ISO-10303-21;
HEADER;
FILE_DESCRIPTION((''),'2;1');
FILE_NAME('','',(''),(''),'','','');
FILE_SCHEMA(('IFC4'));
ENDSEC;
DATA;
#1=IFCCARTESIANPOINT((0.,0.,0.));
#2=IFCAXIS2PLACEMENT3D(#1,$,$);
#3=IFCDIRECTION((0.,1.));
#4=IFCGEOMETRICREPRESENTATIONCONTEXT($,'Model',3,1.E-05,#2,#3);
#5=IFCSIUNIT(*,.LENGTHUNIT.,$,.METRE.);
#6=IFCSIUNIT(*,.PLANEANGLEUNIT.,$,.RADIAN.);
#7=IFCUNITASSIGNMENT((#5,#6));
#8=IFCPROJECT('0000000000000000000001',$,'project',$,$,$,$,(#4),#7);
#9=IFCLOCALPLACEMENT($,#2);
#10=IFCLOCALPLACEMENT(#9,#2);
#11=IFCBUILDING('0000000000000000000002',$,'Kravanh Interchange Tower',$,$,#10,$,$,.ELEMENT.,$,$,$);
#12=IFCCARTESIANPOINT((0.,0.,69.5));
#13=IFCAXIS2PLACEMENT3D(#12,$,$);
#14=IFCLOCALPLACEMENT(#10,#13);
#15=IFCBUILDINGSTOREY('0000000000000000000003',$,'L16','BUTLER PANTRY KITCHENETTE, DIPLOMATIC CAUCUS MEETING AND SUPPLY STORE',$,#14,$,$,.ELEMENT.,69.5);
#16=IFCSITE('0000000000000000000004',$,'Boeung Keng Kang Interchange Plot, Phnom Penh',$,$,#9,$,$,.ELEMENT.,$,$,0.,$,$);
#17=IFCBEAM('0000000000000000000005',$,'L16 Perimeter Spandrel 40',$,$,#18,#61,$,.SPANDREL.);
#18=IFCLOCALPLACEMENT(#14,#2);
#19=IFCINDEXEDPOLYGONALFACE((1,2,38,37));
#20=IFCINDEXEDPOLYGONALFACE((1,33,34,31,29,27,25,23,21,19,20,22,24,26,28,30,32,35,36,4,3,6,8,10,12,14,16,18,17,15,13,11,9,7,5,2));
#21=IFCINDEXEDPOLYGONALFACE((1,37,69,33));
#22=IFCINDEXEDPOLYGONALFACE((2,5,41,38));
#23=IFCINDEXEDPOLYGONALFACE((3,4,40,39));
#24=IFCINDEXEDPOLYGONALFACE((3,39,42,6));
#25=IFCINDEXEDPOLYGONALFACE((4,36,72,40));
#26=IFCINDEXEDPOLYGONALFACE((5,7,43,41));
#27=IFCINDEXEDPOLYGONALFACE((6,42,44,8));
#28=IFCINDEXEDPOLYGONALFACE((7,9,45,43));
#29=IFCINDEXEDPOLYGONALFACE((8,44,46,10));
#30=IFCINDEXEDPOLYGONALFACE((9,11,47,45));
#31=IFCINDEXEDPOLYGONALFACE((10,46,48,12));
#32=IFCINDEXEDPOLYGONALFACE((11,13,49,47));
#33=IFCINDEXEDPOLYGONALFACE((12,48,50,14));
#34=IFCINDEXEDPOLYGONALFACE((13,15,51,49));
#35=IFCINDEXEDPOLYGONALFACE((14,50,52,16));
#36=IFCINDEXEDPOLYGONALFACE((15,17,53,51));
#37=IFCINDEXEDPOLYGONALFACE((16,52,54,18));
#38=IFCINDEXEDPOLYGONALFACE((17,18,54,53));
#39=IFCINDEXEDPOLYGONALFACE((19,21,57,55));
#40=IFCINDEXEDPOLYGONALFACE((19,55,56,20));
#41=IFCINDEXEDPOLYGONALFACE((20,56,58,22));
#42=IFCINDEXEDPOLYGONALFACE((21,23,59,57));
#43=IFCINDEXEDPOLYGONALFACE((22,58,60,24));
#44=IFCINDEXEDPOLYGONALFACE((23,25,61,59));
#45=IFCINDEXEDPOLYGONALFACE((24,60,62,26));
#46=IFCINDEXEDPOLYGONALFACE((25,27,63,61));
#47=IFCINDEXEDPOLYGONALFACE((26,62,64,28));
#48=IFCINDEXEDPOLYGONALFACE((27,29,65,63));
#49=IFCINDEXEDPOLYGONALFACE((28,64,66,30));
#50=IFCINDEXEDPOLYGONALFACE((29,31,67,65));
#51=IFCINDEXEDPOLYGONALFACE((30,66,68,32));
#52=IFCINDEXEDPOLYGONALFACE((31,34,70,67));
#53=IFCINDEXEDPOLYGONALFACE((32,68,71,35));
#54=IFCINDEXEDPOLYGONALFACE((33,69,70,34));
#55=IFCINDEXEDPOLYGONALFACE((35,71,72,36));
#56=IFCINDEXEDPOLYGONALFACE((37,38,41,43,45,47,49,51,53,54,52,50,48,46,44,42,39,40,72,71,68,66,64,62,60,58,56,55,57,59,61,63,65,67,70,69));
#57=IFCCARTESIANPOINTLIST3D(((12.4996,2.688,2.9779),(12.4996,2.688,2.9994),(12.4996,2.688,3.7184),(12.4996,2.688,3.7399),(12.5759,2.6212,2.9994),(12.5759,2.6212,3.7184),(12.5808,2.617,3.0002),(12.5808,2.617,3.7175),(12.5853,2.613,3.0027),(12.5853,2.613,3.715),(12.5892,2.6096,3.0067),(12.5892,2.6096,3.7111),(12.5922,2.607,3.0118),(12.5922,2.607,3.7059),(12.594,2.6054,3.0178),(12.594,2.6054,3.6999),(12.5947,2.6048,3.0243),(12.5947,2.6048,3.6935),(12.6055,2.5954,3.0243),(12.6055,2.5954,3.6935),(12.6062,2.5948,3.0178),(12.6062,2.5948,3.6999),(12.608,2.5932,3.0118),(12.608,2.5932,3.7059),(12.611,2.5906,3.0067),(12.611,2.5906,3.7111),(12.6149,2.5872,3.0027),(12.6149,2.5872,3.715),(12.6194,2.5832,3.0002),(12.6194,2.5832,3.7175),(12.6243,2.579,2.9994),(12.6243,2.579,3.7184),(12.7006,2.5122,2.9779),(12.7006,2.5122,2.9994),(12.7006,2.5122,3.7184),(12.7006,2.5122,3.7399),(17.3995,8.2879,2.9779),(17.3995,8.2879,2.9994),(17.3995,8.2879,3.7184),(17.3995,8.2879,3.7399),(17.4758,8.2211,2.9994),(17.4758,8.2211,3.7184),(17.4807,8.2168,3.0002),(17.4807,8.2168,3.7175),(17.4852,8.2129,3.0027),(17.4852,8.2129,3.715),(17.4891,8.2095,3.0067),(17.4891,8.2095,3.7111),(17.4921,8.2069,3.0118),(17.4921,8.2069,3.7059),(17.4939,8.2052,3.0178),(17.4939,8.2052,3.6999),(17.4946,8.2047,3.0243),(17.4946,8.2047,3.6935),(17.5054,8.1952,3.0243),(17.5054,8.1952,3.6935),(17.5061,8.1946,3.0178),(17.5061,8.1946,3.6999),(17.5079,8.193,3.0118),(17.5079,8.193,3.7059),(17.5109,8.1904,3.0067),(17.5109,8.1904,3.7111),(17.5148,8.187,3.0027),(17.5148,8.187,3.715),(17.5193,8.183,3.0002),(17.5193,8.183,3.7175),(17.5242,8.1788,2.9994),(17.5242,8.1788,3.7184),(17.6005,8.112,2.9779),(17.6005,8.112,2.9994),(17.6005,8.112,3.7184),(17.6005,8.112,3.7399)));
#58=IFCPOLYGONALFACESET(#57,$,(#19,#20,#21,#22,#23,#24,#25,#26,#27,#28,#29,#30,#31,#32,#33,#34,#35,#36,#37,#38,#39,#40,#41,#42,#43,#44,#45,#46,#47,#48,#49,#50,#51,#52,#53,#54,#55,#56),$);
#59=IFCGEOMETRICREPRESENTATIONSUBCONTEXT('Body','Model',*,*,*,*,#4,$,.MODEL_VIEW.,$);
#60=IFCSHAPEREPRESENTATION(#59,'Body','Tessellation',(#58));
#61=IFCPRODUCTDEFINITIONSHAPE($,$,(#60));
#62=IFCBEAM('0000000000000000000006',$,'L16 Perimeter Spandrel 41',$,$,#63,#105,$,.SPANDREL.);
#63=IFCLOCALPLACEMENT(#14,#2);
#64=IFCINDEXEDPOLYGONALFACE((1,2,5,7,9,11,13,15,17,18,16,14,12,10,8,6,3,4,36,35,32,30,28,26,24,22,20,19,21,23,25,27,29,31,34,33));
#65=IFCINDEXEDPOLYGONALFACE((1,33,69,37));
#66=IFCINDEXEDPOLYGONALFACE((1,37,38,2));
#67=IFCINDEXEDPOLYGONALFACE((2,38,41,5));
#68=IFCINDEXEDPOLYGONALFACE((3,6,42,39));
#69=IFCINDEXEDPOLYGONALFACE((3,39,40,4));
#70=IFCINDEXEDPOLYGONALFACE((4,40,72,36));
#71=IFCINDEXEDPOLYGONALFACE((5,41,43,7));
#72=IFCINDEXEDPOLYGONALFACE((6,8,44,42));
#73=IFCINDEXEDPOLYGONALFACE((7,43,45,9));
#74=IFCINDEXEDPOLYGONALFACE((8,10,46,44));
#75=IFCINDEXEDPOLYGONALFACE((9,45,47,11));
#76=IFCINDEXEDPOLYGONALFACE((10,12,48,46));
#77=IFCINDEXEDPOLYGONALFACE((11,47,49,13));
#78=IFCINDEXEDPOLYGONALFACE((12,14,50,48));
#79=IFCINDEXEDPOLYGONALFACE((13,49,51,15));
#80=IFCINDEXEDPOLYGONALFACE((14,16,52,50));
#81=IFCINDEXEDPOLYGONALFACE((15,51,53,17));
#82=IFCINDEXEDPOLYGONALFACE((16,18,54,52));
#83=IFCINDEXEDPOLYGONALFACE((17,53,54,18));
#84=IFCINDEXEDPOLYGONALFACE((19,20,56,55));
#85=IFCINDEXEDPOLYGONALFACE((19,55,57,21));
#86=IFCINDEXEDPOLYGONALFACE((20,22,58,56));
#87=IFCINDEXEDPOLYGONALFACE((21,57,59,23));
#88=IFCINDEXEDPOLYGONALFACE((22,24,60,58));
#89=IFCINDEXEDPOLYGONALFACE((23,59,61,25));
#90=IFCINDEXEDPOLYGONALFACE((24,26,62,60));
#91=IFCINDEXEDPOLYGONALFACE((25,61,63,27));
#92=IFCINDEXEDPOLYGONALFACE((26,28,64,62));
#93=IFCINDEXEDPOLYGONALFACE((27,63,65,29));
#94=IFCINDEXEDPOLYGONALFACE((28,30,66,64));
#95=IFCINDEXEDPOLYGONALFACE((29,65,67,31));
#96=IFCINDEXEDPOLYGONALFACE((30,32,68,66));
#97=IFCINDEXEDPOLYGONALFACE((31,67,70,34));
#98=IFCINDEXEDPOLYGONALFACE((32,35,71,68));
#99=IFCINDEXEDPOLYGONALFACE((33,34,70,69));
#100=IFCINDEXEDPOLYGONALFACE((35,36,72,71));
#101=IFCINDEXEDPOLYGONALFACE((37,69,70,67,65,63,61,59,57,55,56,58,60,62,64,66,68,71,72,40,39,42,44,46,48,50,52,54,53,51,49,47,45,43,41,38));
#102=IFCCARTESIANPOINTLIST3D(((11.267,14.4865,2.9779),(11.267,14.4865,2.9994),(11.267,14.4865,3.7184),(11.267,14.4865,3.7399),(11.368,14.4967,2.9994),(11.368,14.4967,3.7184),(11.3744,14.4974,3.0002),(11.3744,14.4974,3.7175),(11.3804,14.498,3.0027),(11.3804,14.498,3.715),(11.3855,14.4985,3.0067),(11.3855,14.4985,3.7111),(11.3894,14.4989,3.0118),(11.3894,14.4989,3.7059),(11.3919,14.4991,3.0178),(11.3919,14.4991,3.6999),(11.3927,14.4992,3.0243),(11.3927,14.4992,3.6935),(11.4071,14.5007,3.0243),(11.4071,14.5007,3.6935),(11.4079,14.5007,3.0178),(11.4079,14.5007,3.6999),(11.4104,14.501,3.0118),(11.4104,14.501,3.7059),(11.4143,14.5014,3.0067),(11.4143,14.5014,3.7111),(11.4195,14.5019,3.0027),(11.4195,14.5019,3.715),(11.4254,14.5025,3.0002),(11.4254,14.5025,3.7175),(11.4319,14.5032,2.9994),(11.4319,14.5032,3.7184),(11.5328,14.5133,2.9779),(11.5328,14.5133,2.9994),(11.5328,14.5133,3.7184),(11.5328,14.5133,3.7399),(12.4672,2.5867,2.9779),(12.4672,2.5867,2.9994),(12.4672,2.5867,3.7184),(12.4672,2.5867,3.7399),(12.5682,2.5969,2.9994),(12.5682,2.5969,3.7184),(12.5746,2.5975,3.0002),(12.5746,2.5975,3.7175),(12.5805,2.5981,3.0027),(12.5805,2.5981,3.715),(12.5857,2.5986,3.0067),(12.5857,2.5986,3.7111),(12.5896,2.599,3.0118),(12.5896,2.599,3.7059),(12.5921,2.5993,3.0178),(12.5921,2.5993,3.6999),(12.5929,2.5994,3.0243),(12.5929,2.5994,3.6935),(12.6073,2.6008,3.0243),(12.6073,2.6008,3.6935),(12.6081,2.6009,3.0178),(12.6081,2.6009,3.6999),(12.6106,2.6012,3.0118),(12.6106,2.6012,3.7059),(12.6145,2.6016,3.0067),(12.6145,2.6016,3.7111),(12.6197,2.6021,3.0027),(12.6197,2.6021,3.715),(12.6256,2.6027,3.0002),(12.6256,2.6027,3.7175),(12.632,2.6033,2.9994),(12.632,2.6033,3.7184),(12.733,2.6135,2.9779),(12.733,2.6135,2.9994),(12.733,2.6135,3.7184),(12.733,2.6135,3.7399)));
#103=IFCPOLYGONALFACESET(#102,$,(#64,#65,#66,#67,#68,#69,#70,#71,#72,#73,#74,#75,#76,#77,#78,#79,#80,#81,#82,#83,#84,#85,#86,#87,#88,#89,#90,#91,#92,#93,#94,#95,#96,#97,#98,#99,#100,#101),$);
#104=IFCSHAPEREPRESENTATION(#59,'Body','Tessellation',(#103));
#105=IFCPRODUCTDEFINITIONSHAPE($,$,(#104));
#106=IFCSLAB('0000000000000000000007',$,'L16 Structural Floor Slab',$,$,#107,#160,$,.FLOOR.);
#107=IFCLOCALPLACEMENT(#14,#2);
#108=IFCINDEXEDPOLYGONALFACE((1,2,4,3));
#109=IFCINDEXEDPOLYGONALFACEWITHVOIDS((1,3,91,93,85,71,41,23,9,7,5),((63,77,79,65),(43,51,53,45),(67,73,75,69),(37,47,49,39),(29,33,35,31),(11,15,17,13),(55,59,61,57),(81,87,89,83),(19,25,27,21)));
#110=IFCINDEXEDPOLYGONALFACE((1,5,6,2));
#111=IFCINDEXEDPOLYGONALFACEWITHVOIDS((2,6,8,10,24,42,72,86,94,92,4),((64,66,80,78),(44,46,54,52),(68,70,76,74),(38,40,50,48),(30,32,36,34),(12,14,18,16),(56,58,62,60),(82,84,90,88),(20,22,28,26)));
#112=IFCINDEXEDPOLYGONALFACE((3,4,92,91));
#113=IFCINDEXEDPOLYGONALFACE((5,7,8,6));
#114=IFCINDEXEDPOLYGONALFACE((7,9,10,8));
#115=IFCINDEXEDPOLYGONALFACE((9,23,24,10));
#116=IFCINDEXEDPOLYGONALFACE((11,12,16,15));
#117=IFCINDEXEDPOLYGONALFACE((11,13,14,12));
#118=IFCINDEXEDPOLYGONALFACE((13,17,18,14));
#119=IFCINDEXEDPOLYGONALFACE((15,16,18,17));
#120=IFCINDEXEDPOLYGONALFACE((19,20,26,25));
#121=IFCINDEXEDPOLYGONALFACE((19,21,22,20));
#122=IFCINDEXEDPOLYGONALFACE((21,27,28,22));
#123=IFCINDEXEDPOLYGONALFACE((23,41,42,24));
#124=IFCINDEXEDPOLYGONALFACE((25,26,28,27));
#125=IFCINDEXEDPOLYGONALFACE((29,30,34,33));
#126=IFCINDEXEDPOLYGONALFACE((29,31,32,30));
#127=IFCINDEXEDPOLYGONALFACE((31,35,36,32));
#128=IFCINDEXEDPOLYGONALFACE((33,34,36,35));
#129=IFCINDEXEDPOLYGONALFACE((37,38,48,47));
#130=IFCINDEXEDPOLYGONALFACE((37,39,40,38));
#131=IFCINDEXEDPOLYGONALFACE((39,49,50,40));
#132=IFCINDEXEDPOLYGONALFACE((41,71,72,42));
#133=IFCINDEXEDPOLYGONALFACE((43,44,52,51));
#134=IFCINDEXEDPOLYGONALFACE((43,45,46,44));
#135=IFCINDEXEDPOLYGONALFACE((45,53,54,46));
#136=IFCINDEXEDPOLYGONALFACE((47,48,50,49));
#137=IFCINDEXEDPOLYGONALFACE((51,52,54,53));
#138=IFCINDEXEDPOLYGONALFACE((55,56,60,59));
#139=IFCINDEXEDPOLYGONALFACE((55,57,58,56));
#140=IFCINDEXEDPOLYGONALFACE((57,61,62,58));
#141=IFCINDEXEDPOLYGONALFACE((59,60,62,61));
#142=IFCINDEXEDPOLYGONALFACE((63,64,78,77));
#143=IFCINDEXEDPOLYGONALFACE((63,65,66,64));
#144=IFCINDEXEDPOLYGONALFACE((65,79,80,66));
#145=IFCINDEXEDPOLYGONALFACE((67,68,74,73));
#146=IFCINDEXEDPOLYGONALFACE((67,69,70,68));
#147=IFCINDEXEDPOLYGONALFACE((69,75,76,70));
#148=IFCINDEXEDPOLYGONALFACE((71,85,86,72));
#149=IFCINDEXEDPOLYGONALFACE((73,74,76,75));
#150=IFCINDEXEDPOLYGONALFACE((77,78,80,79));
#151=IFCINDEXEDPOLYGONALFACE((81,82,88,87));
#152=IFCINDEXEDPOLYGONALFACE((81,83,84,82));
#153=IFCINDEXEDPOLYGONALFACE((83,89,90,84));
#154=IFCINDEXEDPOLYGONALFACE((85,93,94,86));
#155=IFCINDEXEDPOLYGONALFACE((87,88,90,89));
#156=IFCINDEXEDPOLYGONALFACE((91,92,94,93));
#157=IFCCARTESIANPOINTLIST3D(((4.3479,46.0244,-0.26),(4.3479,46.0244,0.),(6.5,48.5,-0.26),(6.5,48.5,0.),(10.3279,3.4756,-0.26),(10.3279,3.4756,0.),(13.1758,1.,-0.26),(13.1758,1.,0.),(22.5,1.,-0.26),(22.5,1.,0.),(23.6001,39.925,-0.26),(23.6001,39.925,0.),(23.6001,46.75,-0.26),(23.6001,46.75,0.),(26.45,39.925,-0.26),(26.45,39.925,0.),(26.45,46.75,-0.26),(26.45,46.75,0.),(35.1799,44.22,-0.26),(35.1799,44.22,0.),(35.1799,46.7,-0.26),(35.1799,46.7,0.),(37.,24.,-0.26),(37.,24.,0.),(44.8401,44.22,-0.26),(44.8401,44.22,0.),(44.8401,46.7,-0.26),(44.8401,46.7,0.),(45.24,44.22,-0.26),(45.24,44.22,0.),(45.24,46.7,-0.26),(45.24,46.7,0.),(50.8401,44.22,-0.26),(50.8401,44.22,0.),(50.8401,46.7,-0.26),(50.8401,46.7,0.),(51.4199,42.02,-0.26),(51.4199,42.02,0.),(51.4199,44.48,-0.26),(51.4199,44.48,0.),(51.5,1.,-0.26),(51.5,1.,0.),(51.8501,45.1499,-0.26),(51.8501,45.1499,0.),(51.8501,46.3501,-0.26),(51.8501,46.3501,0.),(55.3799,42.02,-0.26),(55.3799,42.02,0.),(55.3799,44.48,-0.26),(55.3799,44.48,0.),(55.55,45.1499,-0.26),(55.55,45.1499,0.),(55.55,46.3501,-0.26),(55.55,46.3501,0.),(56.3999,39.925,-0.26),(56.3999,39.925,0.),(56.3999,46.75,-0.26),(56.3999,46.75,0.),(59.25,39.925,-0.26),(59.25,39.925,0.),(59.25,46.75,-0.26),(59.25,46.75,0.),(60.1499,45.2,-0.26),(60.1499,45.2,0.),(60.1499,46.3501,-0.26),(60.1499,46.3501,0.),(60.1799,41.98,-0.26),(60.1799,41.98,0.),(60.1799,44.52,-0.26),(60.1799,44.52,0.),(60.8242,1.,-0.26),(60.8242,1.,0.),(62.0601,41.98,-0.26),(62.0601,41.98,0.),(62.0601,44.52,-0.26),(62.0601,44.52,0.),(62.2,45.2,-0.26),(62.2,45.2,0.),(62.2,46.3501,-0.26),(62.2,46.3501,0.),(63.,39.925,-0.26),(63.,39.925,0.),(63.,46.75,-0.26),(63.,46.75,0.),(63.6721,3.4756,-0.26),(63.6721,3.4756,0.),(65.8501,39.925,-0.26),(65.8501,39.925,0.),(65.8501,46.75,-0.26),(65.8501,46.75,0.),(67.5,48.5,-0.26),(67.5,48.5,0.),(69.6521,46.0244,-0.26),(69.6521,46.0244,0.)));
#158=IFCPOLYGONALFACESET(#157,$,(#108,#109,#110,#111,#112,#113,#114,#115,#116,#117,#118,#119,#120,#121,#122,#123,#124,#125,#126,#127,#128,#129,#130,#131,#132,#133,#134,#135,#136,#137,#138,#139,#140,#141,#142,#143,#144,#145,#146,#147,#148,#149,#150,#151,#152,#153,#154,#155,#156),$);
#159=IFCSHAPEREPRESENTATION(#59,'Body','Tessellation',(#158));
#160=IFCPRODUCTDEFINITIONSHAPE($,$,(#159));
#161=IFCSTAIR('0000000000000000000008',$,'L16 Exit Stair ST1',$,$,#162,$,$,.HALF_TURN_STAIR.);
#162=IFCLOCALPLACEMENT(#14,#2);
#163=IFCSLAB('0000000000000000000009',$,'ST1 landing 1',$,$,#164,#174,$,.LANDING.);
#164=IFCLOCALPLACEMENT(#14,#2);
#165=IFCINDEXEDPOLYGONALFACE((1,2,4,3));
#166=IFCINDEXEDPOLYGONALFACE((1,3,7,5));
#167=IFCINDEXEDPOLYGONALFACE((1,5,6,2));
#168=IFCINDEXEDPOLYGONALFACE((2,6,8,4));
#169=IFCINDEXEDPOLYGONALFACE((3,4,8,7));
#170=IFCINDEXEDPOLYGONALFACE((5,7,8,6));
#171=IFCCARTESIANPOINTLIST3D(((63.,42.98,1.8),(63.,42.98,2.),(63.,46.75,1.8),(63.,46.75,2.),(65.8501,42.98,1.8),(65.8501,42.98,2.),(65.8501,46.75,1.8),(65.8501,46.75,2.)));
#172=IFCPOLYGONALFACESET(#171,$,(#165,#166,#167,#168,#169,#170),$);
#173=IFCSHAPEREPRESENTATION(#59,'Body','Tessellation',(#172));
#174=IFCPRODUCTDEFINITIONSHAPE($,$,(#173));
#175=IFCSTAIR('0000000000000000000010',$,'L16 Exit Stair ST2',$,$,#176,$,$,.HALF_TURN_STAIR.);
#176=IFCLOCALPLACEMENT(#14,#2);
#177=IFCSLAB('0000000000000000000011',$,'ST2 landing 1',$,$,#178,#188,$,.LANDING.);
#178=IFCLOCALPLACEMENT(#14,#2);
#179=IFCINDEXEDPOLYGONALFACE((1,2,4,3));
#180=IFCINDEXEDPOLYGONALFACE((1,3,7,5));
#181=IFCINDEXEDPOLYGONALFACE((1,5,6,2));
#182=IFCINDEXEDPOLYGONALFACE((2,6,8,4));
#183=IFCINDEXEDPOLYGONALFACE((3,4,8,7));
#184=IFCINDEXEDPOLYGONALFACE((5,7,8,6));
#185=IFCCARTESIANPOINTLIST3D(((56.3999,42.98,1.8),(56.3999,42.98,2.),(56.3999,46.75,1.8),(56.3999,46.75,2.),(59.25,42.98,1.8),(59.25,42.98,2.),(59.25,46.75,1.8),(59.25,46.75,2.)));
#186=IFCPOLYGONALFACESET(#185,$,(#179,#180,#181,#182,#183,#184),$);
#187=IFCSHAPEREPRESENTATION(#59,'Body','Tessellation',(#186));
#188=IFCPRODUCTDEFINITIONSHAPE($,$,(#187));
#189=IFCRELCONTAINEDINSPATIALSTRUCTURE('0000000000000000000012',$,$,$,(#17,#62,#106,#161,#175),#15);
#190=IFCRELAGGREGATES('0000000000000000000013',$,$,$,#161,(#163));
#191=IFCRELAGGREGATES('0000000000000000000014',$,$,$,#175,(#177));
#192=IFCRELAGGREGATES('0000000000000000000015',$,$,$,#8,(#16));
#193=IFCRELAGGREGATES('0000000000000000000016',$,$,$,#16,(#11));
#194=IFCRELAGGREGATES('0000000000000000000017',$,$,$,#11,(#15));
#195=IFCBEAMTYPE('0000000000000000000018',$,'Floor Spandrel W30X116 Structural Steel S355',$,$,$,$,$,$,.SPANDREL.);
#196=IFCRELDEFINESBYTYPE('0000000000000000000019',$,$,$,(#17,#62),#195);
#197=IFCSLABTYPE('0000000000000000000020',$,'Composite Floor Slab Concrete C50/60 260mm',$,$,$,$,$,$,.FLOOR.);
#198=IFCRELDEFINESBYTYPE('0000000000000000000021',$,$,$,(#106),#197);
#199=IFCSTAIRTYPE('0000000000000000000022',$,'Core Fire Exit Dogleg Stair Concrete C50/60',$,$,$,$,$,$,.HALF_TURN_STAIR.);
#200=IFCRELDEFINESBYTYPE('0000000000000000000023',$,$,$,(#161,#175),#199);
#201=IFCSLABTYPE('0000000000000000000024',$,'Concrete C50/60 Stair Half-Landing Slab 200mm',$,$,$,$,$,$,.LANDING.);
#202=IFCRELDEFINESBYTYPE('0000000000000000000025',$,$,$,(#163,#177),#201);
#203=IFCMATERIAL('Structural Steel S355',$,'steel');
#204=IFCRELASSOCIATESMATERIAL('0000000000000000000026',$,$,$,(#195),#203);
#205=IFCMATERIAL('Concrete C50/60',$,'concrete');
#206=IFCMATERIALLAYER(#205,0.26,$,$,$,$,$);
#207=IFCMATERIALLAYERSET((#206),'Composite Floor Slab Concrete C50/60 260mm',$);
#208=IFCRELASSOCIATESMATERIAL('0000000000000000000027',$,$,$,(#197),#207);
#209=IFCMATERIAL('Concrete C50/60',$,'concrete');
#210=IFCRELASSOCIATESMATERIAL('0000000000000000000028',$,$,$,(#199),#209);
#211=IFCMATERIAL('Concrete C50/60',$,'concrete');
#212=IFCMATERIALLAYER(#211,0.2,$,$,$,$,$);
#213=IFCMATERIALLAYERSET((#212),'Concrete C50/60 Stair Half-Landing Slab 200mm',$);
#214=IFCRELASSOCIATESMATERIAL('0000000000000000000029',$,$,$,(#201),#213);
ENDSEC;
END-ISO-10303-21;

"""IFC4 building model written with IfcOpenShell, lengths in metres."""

from ifc_helpers import new_model, si_unit, direction, frame, origin, origin_2d, place, context, subcontext, project, spatial, polyline, i_section, outline, extrude, material, layer, layer_set, material_profile, profile_set, type_object, element, aggregate, save


model = new_model("IFC4")

# Units and contexts
model_context = context("Model", 3, precision=1e-05, world=origin(), true_north=direction((0.0, 1.0)))
body_context = subcontext(model_context, "Body", "Model", "MODEL_VIEW")
ifc_project = project(units=[si_unit("LENGTHUNIT", "METRE"), si_unit("PLANEANGLEUNIT", "RADIAN")], contexts=[model_context])

# Site, building, storey
site_placement = place(None, origin())
site = spatial("IfcSite", under=ifc_project, at=site_placement, Name="Boeung Keng Kang Interchange Plot, Phnom Penh", CompositionType="ELEMENT", RefElevation=0.0)
building_placement = place(site_placement, origin())
building = spatial("IfcBuilding", under=site, at=building_placement, Name="Kravanh Interchange Tower", CompositionType="ELEMENT")
storey_placement = place(building_placement, frame((0.0, 0.0, 69.5)))
storey = spatial("IfcBuildingStorey", under=building, at=storey_placement, Name="L16", Description="BUTLER PANTRY KITCHENETTE, DIPLOMATIC CAUCUS MEETING AND SUPPLY STORE", CompositionType="ELEMENT", Elevation=69.5)

# Beams
ifc_material_1 = material(Name="Structural Steel S355", Category="steel")
ifc_material_profile_1 = material_profile(ifc_material_1, i_section(OverallWidth=0.2671, OverallDepth=0.762, WebThickness=0.0144, FlangeThickness=0.0215, FilletRadius=0.0249, at=origin_2d()), Name="W30X116")
ifc_profile_set_1 = profile_set([ifc_material_profile_1], Name="Structural Steel S355")
beam_type_1 = type_object("IfcBeamType", Name="Floor Spandrel W30X116 Structural Steel S355", PredefinedType="SPANDREL", material=ifc_profile_set_1)
beam_1_placement = place(storey_placement, frame((12.6001, 2.6001, 3.3589), z_axis=(0.658507, 0.752575, 0.0), x_axis=(-0.752575, 0.658507, 0.0)))
element("IfcBeam", 1, at=beam_1_placement, inside=storey, type_object=beam_type_1, Name="L16 Perimeter Spandrel 40", PredefinedType="SPANDREL", context=body_context, shape_type="SweptSolid", body=[
    extrude(i_section(OverallWidth=0.2671, OverallDepth=0.762, WebThickness=0.0144, FlangeThickness=0.0215, FilletRadius=0.0249, at=origin_2d()), origin(), (0.0, 0.0, 1.0), 7.4409),
])
beam_2_placement = place(storey_placement, frame((12.6001, 2.6001, 3.3589), z_axis=(-0.100348, 0.994952, 0.0), x_axis=(-0.994952, -0.100348, 0.0)))
element("IfcBeam", 2, at=beam_2_placement, inside=storey, type_object=beam_type_1, Name="L16 Perimeter Spandrel 41", PredefinedType="SPANDREL", context=body_context, shape_type="SweptSolid", body=[
    extrude(i_section(OverallWidth=0.2671, OverallDepth=0.762, WebThickness=0.0144, FlangeThickness=0.0215, FilletRadius=0.0249, at=origin_2d()), origin(), (0.0, 0.0, 1.0), 11.9602),
])

# Slab
ifc_material_2 = material(Name="Concrete C50/60", Category="concrete")
ifc_layer_1 = layer(ifc_material_2, 0.26)
ifc_layer_set_1 = layer_set([ifc_layer_1], Name="Composite Floor Slab Concrete C50/60 260mm")
slab_type_1 = type_object("IfcSlabType", Name="Composite Floor Slab Concrete C50/60 260mm", PredefinedType="FLOOR", material=ifc_layer_set_1)
slab_1_placement = place(storey_placement, frame((0.0, 0.0, -0.26)))
element("IfcSlab", 3, at=slab_1_placement, inside=storey, type_object=slab_type_1, Name="L16 Structural Floor Slab", PredefinedType="FLOOR", context=body_context, shape_type="SweptSolid", body=[
    extrude(outline(polyline([(10.3279, 3.4756), (13.1758, 1.0), (22.5, 1.0), (37.0, 24.0), (51.5, 1.0), (60.8242, 1.0), (63.6721, 3.4756), (69.6521, 46.0244), (67.5, 48.5), (6.5, 48.5), (4.3479, 46.0244), (10.3279, 3.4756)]), holes=[polyline([(65.8501, 39.925), (65.8501, 46.75), (63.0, 46.75), (63.0, 39.925), (65.8501, 39.925)]), polyline([(59.25, 39.925), (59.25, 46.75), (56.3999, 46.75), (56.3999, 39.925), (59.25, 39.925)]), polyline([(26.45, 39.925), (26.45, 46.75), (23.6001, 46.75), (23.6001, 39.925), (26.45, 39.925)]), polyline([(35.1799, 44.22), (44.8401, 44.22), (44.8401, 46.7), (35.1799, 46.7), (35.1799, 44.22)]), polyline([(45.24, 44.22), (50.8401, 44.22), (50.8401, 46.7), (45.24, 46.7), (45.24, 44.22)]), polyline([(51.4199, 42.02), (55.3799, 42.02), (55.3799, 44.48), (51.4199, 44.48), (51.4199, 42.02)]), polyline([(60.1799, 41.98), (62.0601, 41.98), (62.0601, 44.52), (60.1799, 44.52), (60.1799, 41.98)]), polyline([(60.1499, 45.2), (62.2, 45.2), (62.2, 46.3501), (60.1499, 46.3501), (60.1499, 45.2)]), polyline([(51.8501, 45.1499), (55.55, 45.1499), (55.55, 46.3501), (51.8501, 46.3501), (51.8501, 45.1499)])]), origin(), (0.0, 0.0, 1.0), 0.26),
])

# Stairs, slabs
ifc_material_3 = material(Name="Concrete C50/60", Category="concrete")
stair_type = type_object("IfcStairType", Name="Core Fire Exit Dogleg Stair Concrete C50/60", PredefinedType="HALF_TURN_STAIR", material=ifc_material_3)
stair_1_placement = place(storey_placement, origin())
stair_1 = element("IfcStair", 4, at=stair_1_placement, inside=storey, type_object=stair_type, Name="L16 Exit Stair ST1", PredefinedType="HALF_TURN_STAIR")
ifc_material_4 = material(Name="Concrete C50/60", Category="concrete")
ifc_layer_2 = layer(ifc_material_4, 0.2)
ifc_layer_set_2 = layer_set([ifc_layer_2], Name="Concrete C50/60 Stair Half-Landing Slab 200mm")
slab_type_2 = type_object("IfcSlabType", Name="Concrete C50/60 Stair Half-Landing Slab 200mm", PredefinedType="LANDING", material=ifc_layer_set_2)
slab_2_placement = place(storey_placement, frame((0.0, 0.0, 1.8)))
slab_2 = element("IfcSlab", 5, at=slab_2_placement, type_object=slab_type_2, Name="ST1 landing 1", PredefinedType="LANDING", context=body_context, shape_type="SweptSolid", body=[
    extrude(outline(polyline([(65.8501, 42.98), (65.8501, 46.75), (63.0, 46.75), (63.0, 42.98), (65.8501, 42.98)])), origin(), (0.0, 0.0, 1.0), 0.2),
])
aggregate(stair_1, [slab_2])
stair_2_placement = place(storey_placement, origin())
stair_2 = element("IfcStair", 6, at=stair_2_placement, inside=storey, type_object=stair_type, Name="L16 Exit Stair ST2", PredefinedType="HALF_TURN_STAIR")
slab_3_placement = place(storey_placement, frame((0.0, 0.0, 1.8)))
slab_3 = element("IfcSlab", 7, at=slab_3_placement, type_object=slab_type_2, Name="ST2 landing 1", PredefinedType="LANDING", context=body_context, shape_type="SweptSolid", body=[
    extrude(outline(polyline([(59.25, 42.98), (59.25, 46.75), (56.3999, 46.75), (56.3999, 42.98), (59.25, 42.98)])), origin(), (0.0, 0.0, 1.0), 0.2),
])
aggregate(stair_2, [slab_3])

save(model, "model.ifc")
